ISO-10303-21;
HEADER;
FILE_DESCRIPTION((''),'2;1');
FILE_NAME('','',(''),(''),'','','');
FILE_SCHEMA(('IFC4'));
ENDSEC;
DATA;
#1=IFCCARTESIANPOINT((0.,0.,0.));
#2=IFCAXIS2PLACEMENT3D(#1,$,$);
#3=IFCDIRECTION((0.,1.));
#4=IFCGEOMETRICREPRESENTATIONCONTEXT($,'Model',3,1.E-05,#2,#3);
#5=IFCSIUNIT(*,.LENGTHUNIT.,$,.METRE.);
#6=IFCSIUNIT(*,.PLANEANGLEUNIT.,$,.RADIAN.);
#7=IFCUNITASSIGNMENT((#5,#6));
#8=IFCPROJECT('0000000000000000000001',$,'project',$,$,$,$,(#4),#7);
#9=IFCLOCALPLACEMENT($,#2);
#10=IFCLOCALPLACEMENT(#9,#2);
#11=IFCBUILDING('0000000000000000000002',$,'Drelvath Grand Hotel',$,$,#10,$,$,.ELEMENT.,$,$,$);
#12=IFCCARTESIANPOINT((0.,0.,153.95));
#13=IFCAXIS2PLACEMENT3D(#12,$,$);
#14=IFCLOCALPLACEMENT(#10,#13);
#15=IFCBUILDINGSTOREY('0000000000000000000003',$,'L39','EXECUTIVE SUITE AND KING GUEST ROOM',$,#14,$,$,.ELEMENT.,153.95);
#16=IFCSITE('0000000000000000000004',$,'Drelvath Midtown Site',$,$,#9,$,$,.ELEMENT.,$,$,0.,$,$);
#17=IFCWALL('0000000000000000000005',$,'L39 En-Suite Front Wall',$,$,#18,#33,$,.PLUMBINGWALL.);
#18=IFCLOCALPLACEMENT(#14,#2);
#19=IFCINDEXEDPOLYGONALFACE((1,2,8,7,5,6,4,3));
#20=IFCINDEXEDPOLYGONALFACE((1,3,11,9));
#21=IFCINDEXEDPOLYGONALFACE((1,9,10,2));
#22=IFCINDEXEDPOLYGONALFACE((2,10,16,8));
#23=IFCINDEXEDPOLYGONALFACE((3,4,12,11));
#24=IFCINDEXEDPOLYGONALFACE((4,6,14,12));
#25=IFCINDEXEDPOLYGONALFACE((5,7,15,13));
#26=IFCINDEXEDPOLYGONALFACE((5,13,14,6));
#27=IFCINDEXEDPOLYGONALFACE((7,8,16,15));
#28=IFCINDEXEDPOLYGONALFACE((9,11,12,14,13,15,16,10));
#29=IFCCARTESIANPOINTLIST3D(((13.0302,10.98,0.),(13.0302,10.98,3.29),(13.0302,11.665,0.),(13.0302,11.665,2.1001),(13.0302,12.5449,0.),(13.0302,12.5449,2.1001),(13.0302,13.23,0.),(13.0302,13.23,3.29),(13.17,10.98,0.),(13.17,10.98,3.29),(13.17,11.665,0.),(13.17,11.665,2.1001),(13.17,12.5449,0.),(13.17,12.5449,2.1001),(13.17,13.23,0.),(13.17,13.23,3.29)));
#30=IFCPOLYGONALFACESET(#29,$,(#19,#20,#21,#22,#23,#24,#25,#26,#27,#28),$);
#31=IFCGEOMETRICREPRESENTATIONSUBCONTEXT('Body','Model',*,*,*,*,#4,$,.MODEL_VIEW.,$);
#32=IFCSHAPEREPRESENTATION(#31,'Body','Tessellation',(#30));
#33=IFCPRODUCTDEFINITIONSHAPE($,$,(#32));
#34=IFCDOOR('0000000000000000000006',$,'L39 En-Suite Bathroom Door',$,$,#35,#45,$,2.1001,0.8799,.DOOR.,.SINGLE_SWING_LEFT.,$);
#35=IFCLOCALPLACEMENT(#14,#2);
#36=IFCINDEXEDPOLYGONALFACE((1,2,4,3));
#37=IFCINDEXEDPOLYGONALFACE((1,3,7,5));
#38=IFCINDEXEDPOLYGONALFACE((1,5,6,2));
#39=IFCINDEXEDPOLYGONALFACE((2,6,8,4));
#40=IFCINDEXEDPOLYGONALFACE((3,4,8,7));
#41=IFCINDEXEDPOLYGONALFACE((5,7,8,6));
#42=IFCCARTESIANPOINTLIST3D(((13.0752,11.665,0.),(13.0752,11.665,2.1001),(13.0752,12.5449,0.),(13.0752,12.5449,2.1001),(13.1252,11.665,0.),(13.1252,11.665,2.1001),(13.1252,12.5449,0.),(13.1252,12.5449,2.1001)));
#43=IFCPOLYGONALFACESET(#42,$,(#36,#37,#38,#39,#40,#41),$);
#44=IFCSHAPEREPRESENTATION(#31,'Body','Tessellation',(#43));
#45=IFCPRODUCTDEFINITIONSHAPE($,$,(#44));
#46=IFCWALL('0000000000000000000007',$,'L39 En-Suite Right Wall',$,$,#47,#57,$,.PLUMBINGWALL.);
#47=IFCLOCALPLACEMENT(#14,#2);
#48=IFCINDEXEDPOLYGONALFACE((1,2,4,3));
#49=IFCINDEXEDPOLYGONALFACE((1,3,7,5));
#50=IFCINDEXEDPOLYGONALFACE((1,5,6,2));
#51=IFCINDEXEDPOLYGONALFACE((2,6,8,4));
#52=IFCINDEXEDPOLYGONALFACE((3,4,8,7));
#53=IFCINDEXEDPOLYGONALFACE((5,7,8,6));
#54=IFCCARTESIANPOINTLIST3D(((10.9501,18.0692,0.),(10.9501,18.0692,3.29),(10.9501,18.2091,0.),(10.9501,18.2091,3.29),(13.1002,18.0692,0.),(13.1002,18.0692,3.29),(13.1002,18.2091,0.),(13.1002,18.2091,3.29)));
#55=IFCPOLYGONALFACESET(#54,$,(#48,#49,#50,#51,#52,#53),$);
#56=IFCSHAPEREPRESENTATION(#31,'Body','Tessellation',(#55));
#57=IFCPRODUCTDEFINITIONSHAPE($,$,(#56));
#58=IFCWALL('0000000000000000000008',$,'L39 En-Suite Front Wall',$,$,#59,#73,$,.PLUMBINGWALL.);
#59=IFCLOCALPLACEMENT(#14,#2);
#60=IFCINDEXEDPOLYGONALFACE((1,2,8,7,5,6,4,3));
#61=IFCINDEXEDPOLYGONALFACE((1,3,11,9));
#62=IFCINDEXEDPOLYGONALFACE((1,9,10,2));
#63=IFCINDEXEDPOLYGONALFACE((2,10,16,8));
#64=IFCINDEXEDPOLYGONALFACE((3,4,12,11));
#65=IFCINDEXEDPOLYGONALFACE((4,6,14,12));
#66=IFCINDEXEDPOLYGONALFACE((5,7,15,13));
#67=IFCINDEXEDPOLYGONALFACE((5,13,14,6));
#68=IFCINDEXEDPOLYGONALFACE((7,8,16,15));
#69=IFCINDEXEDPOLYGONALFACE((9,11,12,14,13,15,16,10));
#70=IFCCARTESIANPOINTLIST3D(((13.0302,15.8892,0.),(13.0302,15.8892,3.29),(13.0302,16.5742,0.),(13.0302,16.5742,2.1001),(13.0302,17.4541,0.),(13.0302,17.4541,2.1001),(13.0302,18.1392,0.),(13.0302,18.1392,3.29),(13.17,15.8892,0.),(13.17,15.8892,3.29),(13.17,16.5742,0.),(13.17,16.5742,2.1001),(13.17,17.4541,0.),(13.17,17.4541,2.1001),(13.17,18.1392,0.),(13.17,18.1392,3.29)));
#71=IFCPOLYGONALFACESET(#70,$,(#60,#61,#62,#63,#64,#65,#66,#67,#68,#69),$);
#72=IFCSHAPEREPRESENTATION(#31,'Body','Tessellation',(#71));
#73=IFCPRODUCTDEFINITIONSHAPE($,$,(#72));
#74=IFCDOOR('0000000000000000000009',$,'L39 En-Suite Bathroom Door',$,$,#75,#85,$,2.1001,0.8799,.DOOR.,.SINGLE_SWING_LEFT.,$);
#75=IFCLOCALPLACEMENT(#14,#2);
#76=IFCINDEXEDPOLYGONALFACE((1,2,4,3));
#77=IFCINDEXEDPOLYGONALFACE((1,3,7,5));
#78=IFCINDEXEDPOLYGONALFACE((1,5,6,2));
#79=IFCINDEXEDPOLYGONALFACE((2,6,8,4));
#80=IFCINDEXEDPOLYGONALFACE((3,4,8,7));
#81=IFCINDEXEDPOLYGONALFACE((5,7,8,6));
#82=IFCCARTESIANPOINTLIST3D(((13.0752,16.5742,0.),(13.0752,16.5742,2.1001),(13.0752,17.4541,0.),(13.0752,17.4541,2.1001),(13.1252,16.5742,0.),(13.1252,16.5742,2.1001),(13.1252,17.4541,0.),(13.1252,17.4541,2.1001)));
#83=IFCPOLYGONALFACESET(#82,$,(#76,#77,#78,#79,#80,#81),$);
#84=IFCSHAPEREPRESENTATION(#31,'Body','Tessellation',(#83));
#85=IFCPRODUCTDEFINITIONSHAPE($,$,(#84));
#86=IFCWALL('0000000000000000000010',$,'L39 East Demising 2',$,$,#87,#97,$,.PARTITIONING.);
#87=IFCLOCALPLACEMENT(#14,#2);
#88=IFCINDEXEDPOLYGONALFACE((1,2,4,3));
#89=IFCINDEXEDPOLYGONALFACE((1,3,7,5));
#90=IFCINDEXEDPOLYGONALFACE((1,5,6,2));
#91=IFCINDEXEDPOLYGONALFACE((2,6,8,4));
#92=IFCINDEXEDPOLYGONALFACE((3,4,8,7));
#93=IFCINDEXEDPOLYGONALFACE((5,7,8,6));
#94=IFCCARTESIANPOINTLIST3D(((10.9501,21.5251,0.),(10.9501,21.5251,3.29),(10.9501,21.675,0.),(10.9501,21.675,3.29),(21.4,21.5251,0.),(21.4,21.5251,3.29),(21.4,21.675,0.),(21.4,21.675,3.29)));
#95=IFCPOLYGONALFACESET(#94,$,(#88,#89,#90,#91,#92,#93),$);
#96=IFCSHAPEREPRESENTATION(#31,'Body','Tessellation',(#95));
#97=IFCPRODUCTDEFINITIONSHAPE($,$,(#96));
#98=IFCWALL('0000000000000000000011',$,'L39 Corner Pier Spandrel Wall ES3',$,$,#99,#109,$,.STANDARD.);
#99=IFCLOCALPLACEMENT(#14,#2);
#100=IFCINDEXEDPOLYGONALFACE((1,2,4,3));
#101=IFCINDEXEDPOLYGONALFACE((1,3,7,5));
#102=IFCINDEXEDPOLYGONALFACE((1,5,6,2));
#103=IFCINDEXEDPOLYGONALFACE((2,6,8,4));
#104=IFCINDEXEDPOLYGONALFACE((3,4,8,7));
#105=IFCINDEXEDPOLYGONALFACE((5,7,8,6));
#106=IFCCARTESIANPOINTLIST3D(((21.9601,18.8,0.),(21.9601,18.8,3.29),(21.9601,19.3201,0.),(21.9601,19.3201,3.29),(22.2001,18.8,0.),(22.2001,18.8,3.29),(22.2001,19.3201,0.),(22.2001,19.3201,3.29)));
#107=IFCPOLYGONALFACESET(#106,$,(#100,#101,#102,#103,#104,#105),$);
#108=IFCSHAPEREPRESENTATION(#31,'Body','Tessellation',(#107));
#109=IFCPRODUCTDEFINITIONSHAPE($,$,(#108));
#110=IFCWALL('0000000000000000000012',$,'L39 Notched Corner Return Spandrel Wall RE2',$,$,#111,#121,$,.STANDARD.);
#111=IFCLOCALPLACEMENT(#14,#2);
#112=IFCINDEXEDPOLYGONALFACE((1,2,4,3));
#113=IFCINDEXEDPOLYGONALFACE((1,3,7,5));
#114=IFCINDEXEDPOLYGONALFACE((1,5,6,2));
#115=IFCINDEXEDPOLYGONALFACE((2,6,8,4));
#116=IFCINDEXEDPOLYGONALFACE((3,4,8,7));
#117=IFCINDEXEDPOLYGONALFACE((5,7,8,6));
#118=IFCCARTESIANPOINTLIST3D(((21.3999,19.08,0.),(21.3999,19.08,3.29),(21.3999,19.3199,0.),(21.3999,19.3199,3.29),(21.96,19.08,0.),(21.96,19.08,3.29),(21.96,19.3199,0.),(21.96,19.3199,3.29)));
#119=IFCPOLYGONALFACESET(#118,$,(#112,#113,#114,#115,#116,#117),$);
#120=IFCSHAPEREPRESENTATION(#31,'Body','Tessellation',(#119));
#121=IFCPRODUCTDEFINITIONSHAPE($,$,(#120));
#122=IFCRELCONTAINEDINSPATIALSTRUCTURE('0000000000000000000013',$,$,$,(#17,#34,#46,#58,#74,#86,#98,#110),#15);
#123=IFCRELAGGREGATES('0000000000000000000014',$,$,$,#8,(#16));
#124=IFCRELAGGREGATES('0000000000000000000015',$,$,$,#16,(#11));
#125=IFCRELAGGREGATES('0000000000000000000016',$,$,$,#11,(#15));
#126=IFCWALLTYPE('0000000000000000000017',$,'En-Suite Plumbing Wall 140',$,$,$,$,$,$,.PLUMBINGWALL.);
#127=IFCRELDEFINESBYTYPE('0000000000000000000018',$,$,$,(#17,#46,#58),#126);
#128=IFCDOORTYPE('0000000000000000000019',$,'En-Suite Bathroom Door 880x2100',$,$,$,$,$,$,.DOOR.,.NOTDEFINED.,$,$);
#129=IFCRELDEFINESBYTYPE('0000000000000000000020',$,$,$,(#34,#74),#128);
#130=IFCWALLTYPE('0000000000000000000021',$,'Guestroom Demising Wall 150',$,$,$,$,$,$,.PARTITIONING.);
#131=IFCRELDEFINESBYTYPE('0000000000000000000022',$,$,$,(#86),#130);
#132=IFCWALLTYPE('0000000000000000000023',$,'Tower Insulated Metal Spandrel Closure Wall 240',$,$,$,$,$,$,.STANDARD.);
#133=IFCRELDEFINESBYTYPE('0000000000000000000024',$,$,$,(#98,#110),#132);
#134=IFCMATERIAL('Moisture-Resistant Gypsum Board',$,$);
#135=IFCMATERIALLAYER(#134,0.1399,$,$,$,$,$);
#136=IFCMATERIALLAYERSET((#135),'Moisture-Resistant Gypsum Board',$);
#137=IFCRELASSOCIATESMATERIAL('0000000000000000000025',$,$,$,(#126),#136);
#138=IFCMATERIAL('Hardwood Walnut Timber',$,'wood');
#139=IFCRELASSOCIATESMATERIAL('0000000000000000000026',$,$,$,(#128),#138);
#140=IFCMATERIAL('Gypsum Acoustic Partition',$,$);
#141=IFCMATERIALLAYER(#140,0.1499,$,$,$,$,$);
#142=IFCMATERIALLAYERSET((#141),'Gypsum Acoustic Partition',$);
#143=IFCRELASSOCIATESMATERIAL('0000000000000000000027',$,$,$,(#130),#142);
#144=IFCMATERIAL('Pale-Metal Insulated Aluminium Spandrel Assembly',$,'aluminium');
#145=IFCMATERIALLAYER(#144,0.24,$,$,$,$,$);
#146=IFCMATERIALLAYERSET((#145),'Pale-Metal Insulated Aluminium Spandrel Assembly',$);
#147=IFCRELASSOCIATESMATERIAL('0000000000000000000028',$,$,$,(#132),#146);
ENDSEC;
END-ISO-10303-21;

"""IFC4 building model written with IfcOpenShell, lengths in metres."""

from ifc_helpers import new_model, si_unit, direction, frame, frame_2d, origin, place, context, subcontext, project, spatial, rectangle, extrude, material, layer, layer_set, type_object, element, fill, save


model = new_model("IFC4")

# Units and contexts
model_context = context("Model", 3, precision=1e-05, world=origin(), true_north=direction((0.0, 1.0)))
body_context = subcontext(model_context, "Body", "Model", "MODEL_VIEW")
ifc_project = project(units=[si_unit("LENGTHUNIT", "METRE"), si_unit("PLANEANGLEUNIT", "RADIAN")], contexts=[model_context])

# Site, building, storey
site_placement = place(None, origin())
site = spatial("IfcSite", under=ifc_project, at=site_placement, Name="Drelvath Midtown Site", CompositionType="ELEMENT", RefElevation=0.0)
building_placement = place(site_placement, origin())
building = spatial("IfcBuilding", under=site, at=building_placement, Name="Drelvath Grand Hotel", CompositionType="ELEMENT")
storey_placement = place(building_placement, frame((0.0, 0.0, 153.95)))
storey = spatial("IfcBuildingStorey", under=building, at=storey_placement, Name="L39", Description="EXECUTIVE SUITE AND KING GUEST ROOM", CompositionType="ELEMENT", Elevation=153.95)

# Wall, opening, door
ifc_material_1 = material(Name="Moisture-Resistant Gypsum Board")
ifc_layer_1 = layer(ifc_material_1, 0.1399)
ifc_layer_set_1 = layer_set([ifc_layer_1], Name="Moisture-Resistant Gypsum Board")
wall_type_1 = type_object("IfcWallType", Name="En-Suite Plumbing Wall 140", PredefinedType="PLUMBINGWALL", material=ifc_layer_set_1)
wall_1_placement = place(storey_placement, frame((13.1001, 10.98, 0.0), z_axis=(0.0, 0.0, 1.0), x_axis=(0.0, 1.0, 0.0)))
wall_1 = element("IfcWall", 1, at=wall_1_placement, inside=storey, type_object=wall_type_1, Name="L39 En-Suite Front Wall", PredefinedType="PLUMBINGWALL", context=body_context, shape_type="SweptSolid", body=[
    extrude(rectangle(XDim=2.25, YDim=0.1399, at=frame_2d((1.125, 0.0))), origin(), (0.0, 0.0, 1.0), 3.29),
])
opening_1_placement = place(wall_1_placement, frame((0.6851, 0.0, 0.0)))
opening_1 = element("IfcOpeningElement", 2, at=opening_1_placement, cuts=wall_1, PredefinedType="OPENING", context=body_context, shape_type="SweptSolid", body=[
    extrude(rectangle(XDim=0.8799, YDim=2.1001, at=frame_2d((0.4399, 1.05))), frame((0.0, 0.0798, 0.0), z_axis=(0.0, -1.0, 0.0), x_axis=(1.0, 0.0, 0.0)), (0.0, 0.0, 1.0), 0.1599),
])
ifc_material_2 = material(Name="Hardwood Walnut Timber", Category="wood")
door_type = type_object("IfcDoorType", Name="En-Suite Bathroom Door 880x2100", OperationType="NOTDEFINED", PredefinedType="DOOR", material=ifc_material_2)
door_1_placement = place(opening_1_placement, origin())
door_1 = element("IfcDoor", 3, at=door_1_placement, inside=storey, type_object=door_type, Name="L39 En-Suite Bathroom Door", OperationType="SINGLE_SWING_LEFT", OverallHeight=2.1001, OverallWidth=0.8799, PredefinedType="DOOR", context=body_context, shape_type="SweptSolid", body=[
    extrude(rectangle(XDim=0.8799, YDim=2.1001, at=frame_2d((0.4399, 1.05))), frame((0.0, 0.0249, 0.0), z_axis=(0.0, -1.0, 0.0), x_axis=(1.0, 0.0, 0.0)), (0.0, 0.0, 1.0), 0.05),
])
fill(opening_1, door_1)

# Wall
wall_2_placement = place(storey_placement, frame((10.95, 18.1392, 0.0), z_axis=(0.0, 0.0, 1.0), x_axis=(1.0, 0.0, 0.0)))
element("IfcWall", 4, at=wall_2_placement, inside=storey, type_object=wall_type_1, Name="L39 En-Suite Right Wall", PredefinedType="PLUMBINGWALL", context=body_context, shape_type="SweptSolid", body=[
    extrude(rectangle(XDim=2.1501, YDim=0.1399, at=frame_2d((1.0752, 0.0))), origin(), (0.0, 0.0, 1.0), 3.29),
])

# Wall, opening, door
wall_3_placement = place(storey_placement, frame((13.1001, 15.8892, 0.0), z_axis=(0.0, 0.0, 1.0), x_axis=(0.0, 1.0, 0.0)))
wall_3 = element("IfcWall", 5, at=wall_3_placement, inside=storey, type_object=wall_type_1, Name="L39 En-Suite Front Wall", PredefinedType="PLUMBINGWALL", context=body_context, shape_type="SweptSolid", body=[
    extrude(rectangle(XDim=2.25, YDim=0.1399, at=frame_2d((1.125, 0.0))), origin(), (0.0, 0.0, 1.0), 3.29),
])
opening_2_placement = place(wall_3_placement, frame((0.6851, 0.0, 0.0)))
opening_2 = element("IfcOpeningElement", 6, at=opening_2_placement, cuts=wall_3, PredefinedType="OPENING", context=body_context, shape_type="SweptSolid", body=[
    extrude(rectangle(XDim=0.8799, YDim=2.1001, at=frame_2d((0.4399, 1.05))), frame((0.0, 0.0798, 0.0), z_axis=(0.0, -1.0, 0.0), x_axis=(1.0, 0.0, 0.0)), (0.0, 0.0, 1.0), 0.1599),
])
door_2_placement = place(opening_2_placement, origin())
door_2 = element("IfcDoor", 7, at=door_2_placement, inside=storey, type_object=door_type, Name="L39 En-Suite Bathroom Door", OperationType="SINGLE_SWING_LEFT", OverallHeight=2.1001, OverallWidth=0.8799, PredefinedType="DOOR", context=body_context, shape_type="SweptSolid", body=[
    extrude(rectangle(XDim=0.8799, YDim=2.1001, at=frame_2d((0.4399, 1.05))), frame((0.0, 0.0249, 0.0), z_axis=(0.0, -1.0, 0.0), x_axis=(1.0, 0.0, 0.0)), (0.0, 0.0, 1.0), 0.05),
])
fill(opening_2, door_2)

# Walls
ifc_material_3 = material(Name="Gypsum Acoustic Partition")
ifc_layer_2 = layer(ifc_material_3, 0.1499)
ifc_layer_set_2 = layer_set([ifc_layer_2], Name="Gypsum Acoustic Partition")
wall_type_2 = type_object("IfcWallType", Name="Guestroom Demising Wall 150", PredefinedType="PARTITIONING", material=ifc_layer_set_2)
wall_4_placement = place(storey_placement, frame((10.95, 21.6001, 0.0), z_axis=(0.0, 0.0, 1.0), x_axis=(1.0, 0.0, 0.0)))
element("IfcWall", 8, at=wall_4_placement, inside=storey, type_object=wall_type_2, Name="L39 East Demising 2", PredefinedType="PARTITIONING", context=body_context, shape_type="SweptSolid", body=[
    extrude(rectangle(XDim=10.45, YDim=0.1499, at=frame_2d((5.2251, 0.0))), origin(), (0.0, 0.0, 1.0), 3.29),
])
ifc_material_4 = material(Name="Pale-Metal Insulated Aluminium Spandrel Assembly", Category="aluminium")
ifc_layer_3 = layer(ifc_material_4, 0.24)
ifc_layer_set_3 = layer_set([ifc_layer_3], Name="Pale-Metal Insulated Aluminium Spandrel Assembly")
wall_type_3 = type_object("IfcWallType", Name="Tower Insulated Metal Spandrel Closure Wall 240", PredefinedType="STANDARD", material=ifc_layer_set_3)
wall_5_placement = place(storey_placement, frame((22.0801, 19.3201, 0.0), z_axis=(0.0, 0.0, 1.0), x_axis=(0.0, -1.0, 0.0)))
element("IfcWall", 9, at=wall_5_placement, inside=storey, type_object=wall_type_3, Name="L39 Corner Pier Spandrel Wall ES3", PredefinedType="STANDARD", context=body_context, shape_type="SweptSolid", body=[
    extrude(rectangle(XDim=0.52, YDim=0.24, at=frame_2d((0.26, 0.0))), origin(), (0.0, 0.0, 1.0), 3.29),
])
wall_6_placement = place(storey_placement, frame((21.3999, 19.2, 0.0), z_axis=(0.0, 0.0, 1.0), x_axis=(1.0, 0.0, 0.0)))
element("IfcWall", 10, at=wall_6_placement, inside=storey, type_object=wall_type_3, Name="L39 Notched Corner Return Spandrel Wall RE2", PredefinedType="STANDARD", context=body_context, shape_type="SweptSolid", body=[
    extrude(rectangle(XDim=0.5601, YDim=0.24, at=frame_2d((0.28, 0.0))), origin(), (0.0, 0.0, 1.0), 3.29),
])

save(model, "model.ifc")
